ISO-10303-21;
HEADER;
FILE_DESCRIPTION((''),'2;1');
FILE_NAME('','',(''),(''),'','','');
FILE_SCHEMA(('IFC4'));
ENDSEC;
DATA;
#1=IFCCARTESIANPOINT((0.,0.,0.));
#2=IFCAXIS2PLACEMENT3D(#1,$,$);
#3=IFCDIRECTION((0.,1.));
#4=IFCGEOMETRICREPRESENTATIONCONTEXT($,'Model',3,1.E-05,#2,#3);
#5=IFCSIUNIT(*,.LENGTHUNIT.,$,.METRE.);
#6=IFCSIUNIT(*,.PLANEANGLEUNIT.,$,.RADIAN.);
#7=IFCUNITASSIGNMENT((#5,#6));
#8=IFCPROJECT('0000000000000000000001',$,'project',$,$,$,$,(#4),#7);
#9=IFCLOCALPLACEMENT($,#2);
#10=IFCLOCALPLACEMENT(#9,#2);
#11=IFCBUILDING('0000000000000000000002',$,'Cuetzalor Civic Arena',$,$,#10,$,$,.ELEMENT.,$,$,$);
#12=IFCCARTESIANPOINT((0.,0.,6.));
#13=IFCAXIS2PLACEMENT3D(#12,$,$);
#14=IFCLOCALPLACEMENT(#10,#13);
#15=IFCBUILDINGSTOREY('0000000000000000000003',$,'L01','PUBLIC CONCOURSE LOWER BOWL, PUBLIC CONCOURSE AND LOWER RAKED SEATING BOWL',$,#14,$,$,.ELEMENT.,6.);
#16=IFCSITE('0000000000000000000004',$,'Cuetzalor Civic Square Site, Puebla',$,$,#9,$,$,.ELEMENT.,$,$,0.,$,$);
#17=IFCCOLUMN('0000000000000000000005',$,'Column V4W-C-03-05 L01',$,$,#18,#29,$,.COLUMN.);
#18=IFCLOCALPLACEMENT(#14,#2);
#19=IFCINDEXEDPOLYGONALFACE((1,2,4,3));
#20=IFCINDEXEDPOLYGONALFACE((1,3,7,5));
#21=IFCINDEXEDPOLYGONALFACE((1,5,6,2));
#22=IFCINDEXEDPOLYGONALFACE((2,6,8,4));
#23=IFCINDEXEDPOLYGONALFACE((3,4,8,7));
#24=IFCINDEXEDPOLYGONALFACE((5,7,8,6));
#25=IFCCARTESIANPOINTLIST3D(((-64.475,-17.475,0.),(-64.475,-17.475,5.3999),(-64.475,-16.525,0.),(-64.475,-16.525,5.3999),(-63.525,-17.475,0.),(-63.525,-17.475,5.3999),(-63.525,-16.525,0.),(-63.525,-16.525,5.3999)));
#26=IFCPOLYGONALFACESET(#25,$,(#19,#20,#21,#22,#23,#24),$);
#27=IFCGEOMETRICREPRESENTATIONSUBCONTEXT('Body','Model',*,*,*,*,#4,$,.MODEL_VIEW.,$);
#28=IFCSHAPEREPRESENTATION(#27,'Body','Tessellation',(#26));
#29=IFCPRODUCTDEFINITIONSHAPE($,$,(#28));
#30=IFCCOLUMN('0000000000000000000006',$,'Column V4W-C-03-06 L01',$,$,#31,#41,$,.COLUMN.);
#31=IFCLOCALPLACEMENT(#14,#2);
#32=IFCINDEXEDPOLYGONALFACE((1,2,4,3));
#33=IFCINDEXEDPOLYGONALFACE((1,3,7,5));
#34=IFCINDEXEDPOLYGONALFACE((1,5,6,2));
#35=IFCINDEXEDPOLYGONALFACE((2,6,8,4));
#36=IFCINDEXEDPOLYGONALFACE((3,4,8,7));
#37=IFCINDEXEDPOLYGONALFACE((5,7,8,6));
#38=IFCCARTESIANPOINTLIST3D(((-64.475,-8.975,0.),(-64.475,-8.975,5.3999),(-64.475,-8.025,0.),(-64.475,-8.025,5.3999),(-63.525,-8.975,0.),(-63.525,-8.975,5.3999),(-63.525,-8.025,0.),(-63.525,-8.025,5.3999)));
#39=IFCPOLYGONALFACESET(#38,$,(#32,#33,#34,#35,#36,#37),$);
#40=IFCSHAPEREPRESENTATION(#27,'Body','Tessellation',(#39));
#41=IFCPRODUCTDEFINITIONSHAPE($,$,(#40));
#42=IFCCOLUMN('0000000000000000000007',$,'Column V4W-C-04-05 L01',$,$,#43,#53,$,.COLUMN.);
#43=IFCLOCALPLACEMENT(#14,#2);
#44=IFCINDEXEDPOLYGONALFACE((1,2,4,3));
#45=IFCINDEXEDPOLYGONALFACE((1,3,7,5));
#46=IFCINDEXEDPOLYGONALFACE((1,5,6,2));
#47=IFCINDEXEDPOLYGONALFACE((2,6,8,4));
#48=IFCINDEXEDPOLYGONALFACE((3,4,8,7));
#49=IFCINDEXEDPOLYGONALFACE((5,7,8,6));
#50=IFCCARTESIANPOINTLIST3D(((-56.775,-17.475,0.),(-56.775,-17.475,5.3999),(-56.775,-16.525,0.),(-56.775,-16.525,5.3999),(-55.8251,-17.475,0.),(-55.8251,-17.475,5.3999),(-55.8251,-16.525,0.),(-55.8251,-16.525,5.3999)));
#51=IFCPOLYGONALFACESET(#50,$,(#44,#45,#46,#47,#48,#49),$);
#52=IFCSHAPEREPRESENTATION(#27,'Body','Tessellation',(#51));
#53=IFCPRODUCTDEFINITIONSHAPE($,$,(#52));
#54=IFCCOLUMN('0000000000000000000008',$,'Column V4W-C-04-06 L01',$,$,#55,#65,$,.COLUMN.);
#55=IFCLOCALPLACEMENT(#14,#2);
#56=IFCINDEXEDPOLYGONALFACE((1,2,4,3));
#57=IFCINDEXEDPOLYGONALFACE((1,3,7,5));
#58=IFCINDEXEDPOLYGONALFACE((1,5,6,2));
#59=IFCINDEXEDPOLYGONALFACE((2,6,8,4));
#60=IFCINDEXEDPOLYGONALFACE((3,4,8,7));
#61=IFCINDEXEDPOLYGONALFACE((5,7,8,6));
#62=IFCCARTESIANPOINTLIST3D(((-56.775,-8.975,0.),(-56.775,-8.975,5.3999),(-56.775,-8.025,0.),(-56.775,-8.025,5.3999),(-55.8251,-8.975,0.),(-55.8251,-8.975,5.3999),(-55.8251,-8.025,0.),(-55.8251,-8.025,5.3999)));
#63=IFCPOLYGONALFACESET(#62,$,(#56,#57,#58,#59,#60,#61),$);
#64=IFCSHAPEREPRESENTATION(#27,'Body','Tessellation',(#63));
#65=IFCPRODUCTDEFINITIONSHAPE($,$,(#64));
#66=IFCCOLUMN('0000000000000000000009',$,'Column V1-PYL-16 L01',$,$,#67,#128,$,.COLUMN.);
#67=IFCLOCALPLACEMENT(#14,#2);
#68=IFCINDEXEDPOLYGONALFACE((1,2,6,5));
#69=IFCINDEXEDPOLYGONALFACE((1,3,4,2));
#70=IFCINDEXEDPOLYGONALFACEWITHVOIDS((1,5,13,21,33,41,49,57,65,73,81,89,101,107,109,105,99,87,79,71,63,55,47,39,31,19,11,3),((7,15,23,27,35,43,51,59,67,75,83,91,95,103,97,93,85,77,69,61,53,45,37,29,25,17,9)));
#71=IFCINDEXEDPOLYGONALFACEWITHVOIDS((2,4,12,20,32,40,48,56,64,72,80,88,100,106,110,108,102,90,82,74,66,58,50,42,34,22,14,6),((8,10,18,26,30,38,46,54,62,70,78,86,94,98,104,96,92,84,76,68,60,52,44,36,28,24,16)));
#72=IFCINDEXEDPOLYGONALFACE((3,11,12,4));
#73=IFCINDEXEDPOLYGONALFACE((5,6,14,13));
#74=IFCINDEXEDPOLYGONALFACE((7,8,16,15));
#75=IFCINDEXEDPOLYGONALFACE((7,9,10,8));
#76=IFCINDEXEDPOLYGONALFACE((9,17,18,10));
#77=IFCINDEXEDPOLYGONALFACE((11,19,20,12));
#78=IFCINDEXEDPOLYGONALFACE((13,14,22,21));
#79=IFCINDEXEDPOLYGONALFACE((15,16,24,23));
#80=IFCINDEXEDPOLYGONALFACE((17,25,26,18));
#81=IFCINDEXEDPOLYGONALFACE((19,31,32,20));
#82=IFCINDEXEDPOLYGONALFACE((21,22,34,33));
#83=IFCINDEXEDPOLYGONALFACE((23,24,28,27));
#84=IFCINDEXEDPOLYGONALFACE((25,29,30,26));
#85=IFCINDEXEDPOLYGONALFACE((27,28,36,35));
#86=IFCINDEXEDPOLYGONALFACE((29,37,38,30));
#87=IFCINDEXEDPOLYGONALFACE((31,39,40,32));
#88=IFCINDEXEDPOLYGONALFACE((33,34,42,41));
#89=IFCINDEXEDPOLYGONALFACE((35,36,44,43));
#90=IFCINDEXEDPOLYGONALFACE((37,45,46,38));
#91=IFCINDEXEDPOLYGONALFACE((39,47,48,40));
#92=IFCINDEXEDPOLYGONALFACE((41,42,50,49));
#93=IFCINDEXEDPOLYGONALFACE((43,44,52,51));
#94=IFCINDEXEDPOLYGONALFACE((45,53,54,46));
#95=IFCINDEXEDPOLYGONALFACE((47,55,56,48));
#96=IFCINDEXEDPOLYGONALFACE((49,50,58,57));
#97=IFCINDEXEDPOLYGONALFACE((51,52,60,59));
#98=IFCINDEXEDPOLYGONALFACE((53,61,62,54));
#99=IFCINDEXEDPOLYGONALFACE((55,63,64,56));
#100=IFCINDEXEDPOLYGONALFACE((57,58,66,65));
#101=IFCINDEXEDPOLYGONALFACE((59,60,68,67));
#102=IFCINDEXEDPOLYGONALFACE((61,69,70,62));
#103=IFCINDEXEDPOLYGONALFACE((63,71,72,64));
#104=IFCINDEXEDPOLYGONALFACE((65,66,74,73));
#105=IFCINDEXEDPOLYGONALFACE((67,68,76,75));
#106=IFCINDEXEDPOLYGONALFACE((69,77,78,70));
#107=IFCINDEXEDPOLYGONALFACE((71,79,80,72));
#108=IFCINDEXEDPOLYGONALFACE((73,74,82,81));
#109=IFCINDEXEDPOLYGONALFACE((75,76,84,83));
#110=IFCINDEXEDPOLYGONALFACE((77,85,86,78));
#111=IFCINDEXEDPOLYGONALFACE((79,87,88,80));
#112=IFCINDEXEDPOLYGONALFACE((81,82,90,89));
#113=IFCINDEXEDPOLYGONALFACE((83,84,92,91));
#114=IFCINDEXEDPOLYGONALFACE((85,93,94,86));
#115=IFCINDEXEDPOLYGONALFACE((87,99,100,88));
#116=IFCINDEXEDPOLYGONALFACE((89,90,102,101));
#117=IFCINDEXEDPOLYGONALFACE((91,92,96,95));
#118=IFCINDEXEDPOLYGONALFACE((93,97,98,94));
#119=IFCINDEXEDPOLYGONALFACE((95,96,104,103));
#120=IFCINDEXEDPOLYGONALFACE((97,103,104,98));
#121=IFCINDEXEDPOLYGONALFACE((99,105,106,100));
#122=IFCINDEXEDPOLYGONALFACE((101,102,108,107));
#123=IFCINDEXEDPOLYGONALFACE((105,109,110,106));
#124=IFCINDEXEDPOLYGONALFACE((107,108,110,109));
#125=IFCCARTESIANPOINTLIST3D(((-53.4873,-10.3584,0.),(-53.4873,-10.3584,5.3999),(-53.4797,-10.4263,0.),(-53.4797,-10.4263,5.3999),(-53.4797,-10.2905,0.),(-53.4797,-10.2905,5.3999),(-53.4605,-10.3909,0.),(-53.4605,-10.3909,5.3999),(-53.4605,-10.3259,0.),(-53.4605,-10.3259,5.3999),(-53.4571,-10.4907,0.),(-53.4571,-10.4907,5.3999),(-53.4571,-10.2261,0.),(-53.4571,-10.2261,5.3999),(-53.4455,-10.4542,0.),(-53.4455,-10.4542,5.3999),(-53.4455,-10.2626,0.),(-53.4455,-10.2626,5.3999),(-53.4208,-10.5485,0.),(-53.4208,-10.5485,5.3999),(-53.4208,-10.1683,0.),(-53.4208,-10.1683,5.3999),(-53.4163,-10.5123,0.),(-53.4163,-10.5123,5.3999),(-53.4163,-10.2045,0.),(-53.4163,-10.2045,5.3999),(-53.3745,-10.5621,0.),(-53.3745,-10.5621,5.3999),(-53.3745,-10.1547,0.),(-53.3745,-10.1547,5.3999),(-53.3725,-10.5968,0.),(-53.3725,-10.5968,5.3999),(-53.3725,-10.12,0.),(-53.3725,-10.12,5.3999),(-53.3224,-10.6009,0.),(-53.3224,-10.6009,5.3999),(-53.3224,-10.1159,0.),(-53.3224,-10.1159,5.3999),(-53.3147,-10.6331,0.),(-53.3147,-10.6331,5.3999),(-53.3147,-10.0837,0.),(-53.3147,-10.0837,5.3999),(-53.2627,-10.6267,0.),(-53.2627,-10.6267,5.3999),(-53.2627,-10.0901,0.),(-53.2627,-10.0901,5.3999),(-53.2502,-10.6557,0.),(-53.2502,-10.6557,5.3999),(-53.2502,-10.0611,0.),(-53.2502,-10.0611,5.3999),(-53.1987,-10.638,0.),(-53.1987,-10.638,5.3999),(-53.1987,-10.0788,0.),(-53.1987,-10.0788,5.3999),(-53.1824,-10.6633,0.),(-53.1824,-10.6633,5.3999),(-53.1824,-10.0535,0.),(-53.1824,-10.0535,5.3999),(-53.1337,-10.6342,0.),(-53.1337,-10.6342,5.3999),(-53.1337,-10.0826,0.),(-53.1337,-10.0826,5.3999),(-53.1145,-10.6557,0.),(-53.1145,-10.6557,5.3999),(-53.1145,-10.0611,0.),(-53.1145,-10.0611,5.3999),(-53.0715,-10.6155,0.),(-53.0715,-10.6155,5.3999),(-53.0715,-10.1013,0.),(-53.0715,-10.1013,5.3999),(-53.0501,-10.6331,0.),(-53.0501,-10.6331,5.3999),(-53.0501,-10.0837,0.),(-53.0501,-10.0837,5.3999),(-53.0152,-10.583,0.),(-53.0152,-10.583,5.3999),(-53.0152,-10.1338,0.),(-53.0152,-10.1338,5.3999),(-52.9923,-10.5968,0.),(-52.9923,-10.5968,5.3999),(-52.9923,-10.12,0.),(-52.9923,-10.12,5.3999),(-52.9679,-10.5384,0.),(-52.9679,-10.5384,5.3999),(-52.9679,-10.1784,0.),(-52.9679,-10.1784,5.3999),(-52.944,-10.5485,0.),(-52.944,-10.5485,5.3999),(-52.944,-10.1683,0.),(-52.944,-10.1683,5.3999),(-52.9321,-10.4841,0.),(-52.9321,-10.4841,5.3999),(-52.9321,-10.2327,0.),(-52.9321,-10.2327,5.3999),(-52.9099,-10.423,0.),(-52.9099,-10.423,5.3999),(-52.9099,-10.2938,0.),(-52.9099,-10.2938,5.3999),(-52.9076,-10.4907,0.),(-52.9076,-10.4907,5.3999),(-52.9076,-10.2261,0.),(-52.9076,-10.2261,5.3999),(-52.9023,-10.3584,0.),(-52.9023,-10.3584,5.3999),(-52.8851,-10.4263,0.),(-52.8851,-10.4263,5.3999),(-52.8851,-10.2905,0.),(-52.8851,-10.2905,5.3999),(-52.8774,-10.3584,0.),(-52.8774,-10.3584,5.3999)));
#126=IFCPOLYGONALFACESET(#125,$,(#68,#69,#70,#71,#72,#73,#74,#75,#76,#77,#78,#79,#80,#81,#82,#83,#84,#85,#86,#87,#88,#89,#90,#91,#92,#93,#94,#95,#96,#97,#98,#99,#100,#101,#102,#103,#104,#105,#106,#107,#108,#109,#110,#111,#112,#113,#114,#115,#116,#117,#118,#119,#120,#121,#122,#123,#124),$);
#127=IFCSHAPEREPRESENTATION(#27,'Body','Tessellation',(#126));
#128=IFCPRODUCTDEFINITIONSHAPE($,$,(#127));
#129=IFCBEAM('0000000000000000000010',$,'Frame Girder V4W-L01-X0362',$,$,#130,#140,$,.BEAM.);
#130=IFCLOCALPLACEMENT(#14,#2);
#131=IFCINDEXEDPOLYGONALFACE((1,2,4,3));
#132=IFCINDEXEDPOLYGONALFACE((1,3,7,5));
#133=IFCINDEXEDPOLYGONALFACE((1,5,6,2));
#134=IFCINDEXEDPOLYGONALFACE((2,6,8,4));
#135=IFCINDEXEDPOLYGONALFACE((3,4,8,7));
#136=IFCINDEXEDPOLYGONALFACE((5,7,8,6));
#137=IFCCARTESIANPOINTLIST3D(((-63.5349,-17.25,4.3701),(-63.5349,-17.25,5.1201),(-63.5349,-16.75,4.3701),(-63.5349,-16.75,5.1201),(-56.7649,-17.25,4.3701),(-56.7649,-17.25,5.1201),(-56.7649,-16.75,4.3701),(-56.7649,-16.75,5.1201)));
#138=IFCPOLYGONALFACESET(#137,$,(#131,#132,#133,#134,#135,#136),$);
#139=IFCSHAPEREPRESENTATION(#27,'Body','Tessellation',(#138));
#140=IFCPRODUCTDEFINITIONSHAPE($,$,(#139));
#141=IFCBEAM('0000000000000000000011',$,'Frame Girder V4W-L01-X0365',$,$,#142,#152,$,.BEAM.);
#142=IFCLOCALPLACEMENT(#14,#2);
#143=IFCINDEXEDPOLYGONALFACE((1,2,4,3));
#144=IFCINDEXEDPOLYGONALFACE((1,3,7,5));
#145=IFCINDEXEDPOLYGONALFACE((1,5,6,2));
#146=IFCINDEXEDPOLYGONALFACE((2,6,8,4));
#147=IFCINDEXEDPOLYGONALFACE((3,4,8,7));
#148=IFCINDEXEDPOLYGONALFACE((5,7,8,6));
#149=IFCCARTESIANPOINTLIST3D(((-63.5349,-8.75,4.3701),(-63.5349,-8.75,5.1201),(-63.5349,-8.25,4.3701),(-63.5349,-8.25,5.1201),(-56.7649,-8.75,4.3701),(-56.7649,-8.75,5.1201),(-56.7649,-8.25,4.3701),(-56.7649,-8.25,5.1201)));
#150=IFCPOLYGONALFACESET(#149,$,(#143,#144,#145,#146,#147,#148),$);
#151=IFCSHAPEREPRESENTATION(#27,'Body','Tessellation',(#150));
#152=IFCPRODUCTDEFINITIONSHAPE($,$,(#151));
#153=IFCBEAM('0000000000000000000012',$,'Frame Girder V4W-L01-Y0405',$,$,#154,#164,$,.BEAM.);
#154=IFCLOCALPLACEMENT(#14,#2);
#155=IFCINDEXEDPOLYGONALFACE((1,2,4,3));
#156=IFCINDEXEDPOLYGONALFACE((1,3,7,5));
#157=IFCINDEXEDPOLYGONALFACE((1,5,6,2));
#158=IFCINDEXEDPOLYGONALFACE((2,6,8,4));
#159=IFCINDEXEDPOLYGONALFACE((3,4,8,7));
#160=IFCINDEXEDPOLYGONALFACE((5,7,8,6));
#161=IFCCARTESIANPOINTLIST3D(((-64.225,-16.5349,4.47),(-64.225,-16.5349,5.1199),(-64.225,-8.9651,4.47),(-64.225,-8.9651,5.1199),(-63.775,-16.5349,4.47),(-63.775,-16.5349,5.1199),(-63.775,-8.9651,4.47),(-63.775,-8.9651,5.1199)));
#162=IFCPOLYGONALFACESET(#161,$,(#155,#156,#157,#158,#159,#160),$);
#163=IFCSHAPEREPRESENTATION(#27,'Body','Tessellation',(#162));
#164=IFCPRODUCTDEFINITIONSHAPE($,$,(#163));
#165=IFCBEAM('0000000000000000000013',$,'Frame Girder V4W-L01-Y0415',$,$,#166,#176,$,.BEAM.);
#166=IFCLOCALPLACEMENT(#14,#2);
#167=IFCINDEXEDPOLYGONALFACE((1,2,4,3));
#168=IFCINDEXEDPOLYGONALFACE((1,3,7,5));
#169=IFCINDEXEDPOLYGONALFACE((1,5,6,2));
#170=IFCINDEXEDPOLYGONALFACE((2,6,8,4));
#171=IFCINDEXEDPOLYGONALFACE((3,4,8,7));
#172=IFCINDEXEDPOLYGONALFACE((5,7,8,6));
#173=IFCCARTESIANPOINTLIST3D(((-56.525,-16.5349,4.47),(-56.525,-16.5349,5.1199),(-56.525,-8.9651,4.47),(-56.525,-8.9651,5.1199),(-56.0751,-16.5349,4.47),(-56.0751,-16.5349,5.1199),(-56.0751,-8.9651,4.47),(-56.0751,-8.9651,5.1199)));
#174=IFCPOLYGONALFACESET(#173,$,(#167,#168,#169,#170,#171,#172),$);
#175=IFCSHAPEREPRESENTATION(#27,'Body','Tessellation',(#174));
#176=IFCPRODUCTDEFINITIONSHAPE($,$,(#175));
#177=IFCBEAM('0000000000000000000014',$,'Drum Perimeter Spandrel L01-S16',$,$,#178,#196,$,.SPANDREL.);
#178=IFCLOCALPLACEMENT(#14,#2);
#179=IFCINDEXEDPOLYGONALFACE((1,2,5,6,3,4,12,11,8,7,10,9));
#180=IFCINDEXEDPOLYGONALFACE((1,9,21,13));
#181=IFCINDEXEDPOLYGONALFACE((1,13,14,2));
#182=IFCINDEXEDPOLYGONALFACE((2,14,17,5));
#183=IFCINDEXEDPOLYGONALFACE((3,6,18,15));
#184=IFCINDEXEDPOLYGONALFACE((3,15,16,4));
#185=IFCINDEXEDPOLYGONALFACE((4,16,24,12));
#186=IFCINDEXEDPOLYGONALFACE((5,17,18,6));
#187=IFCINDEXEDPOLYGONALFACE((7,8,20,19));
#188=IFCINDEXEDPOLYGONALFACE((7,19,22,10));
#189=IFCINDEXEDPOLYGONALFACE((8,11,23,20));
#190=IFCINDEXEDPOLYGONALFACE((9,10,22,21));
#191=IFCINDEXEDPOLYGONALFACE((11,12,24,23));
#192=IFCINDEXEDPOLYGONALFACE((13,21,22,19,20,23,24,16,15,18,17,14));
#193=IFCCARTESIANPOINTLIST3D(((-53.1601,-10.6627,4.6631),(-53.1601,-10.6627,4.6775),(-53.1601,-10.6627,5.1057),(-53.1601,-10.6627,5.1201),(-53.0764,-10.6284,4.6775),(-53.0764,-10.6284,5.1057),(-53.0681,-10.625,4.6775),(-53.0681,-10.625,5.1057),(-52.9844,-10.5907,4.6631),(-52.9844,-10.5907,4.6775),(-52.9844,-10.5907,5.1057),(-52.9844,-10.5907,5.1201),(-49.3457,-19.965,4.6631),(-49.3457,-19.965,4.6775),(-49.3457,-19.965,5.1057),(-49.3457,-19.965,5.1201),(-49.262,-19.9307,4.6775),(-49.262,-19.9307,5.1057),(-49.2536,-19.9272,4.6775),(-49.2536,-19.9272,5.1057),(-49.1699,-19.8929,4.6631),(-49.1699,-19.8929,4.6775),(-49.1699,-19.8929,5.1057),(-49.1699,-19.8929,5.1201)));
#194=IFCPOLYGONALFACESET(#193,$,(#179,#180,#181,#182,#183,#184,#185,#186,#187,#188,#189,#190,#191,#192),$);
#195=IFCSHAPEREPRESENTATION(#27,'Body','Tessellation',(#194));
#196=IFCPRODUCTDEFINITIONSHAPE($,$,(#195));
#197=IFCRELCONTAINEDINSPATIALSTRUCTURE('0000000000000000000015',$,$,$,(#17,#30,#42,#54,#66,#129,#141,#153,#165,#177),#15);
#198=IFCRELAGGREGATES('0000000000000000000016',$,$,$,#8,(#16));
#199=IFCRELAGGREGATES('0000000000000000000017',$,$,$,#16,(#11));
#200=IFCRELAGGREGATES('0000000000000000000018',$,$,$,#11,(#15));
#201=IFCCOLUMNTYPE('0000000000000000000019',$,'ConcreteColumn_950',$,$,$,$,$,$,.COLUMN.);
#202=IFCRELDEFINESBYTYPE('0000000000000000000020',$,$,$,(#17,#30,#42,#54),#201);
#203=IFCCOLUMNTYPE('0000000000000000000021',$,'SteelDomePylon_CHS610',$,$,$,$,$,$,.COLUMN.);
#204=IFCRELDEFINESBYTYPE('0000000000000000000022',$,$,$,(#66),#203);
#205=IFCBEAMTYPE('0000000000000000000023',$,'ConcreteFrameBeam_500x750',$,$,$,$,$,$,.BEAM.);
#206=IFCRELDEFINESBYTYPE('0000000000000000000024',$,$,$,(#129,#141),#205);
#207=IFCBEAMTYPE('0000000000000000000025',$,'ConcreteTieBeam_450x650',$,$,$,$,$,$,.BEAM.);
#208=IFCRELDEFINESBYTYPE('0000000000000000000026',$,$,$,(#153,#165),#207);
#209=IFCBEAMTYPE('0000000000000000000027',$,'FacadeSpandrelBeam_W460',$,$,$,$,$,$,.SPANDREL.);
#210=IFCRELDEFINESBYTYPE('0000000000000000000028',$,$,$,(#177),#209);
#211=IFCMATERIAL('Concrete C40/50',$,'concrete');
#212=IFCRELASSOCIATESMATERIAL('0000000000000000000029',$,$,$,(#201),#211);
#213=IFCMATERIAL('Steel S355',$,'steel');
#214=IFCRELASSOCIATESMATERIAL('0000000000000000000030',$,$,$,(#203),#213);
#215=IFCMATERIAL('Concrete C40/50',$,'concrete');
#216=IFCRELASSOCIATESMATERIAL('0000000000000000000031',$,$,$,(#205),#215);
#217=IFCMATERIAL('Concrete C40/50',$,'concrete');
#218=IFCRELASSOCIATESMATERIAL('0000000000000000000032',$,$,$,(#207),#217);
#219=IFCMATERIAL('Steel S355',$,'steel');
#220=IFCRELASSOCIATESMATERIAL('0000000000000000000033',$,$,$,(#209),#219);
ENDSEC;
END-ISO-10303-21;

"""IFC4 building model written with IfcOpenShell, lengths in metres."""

from ifc_helpers import new_model, si_unit, direction, frame, origin, origin_2d, place, context, subcontext, project, spatial, rectangle, hollow_circle, i_section, extrude, material, material_profile, profile_set, type_object, element, save


model = new_model("IFC4")

# Units and contexts
model_context = context("Model", 3, precision=1e-05, world=origin(), true_north=direction((0.0, 1.0)))
body_context = subcontext(model_context, "Body", "Model", "MODEL_VIEW")
ifc_project = project(units=[si_unit("LENGTHUNIT", "METRE"), si_unit("PLANEANGLEUNIT", "RADIAN")], contexts=[model_context])

# Site, building, storey
site_placement = place(None, origin())
site = spatial("IfcSite", under=ifc_project, at=site_placement, Name="Cuetzalor Civic Square Site, Puebla", CompositionType="ELEMENT", RefElevation=0.0)
building_placement = place(site_placement, origin())
building = spatial("IfcBuilding", under=site, at=building_placement, Name="Cuetzalor Civic Arena", CompositionType="ELEMENT")
storey_placement = place(building_placement, frame((0.0, 0.0, 6.0)))
storey = spatial("IfcBuildingStorey", under=building, at=storey_placement, Name="L01", Description="PUBLIC CONCOURSE LOWER BOWL, PUBLIC CONCOURSE AND LOWER RAKED SEATING BOWL", CompositionType="ELEMENT", Elevation=6.0)

# Columns
ifc_material_1 = material(Name="Concrete C40/50", Category="concrete")
ifc_material_profile_1 = material_profile(ifc_material_1, rectangle(XDim=0.95, YDim=0.95, at=origin_2d()), Name="RC 950x950")
ifc_profile_set_1 = profile_set([ifc_material_profile_1], Name="Concrete C40/50")
column_type_1 = type_object("IfcColumnType", Name="ConcreteColumn_950", PredefinedType="COLUMN", material=ifc_profile_set_1)
for number, where, z_axis, x_axis, name in (
    (1, (-64.0, -17.0, 0.0), (0.0, 0.0, 1.0), (1.0, 0.0, 0.0), "Column V4W-C-03-05 L01"),
    (2, (-64.0, -8.5, 0.0), (0.0, 0.0, 1.0), (1.0, 0.0, 0.0), "Column V4W-C-03-06 L01"),
    (3, (-56.3, -17.0, 0.0), (0.0, 0.0, 1.0), (1.0, 0.0, 0.0), "Column V4W-C-04-05 L01"),
    (4, (-56.3, -8.5, 0.0), (0.0, 0.0, 1.0), (1.0, 0.0, 0.0), "Column V4W-C-04-06 L01"),
):
    element("IfcColumn", number, at=place(storey_placement, frame(where, z_axis=z_axis, x_axis=x_axis)), inside=storey, type_object=column_type_1, Name=name, PredefinedType="COLUMN", context=body_context, shape_type="SweptSolid", body=[
        extrude(rectangle(XDim=0.95, YDim=0.95, at=origin_2d()), origin(), (0.0, 0.0, 1.0), 5.3999),
    ])
ifc_material_2 = material(Name="Steel S355", Category="steel")
ifc_material_profile_2 = material_profile(ifc_material_2, hollow_circle(Radius=0.3049, WallThickness=0.0249, at=origin_2d()), Name="CHS 610x25")
ifc_profile_set_2 = profile_set([ifc_material_profile_2], Name="Steel S355")
column_type_2 = type_object("IfcColumnType", Name="SteelDomePylon_CHS610", PredefinedType="COLUMN", material=ifc_profile_set_2)
column_placement = place(storey_placement, frame((-53.1824, -10.3584, 0.0), z_axis=(0.0, 0.0, 1.0), x_axis=(1.0, 0.0, 0.0)))
element("IfcColumn", 5, at=column_placement, inside=storey, type_object=column_type_2, Name="Column V1-PYL-16 L01", PredefinedType="COLUMN", context=body_context, shape_type="SweptSolid", body=[
    extrude(hollow_circle(Radius=0.3049, WallThickness=0.0249, at=origin_2d()), origin(), (0.0, 0.0, 1.0), 5.3999),
])

# Beams
ifc_material_3 = material(Name="Concrete C40/50", Category="concrete")
ifc_material_profile_3 = material_profile(ifc_material_3, rectangle(XDim=0.5, YDim=0.75, at=origin_2d()), Name="RC 500x750")
ifc_profile_set_3 = profile_set([ifc_material_profile_3], Name="Concrete C40/50")
beam_type_1 = type_object("IfcBeamType", Name="ConcreteFrameBeam_500x750", PredefinedType="BEAM", material=ifc_profile_set_3)
for number, where, z_axis, x_axis, name in (
    (6, (-63.5349, -17.0, 4.7451), (1.0, 0.0, 0.0), (0.0, 1.0, 0.0), "Frame Girder V4W-L01-X0362"),
    (7, (-63.5349, -8.5, 4.7451), (1.0, 0.0, 0.0), (0.0, 1.0, 0.0), "Frame Girder V4W-L01-X0365"),
):
    element("IfcBeam", number, at=place(storey_placement, frame(where, z_axis=z_axis, x_axis=x_axis)), inside=storey, type_object=beam_type_1, Name=name, PredefinedType="BEAM", context=body_context, shape_type="SweptSolid", body=[
        extrude(rectangle(XDim=0.5, YDim=0.75, at=origin_2d()), origin(), (0.0, 0.0, 1.0), 6.77),
    ])
ifc_material_4 = material(Name="Concrete C40/50", Category="concrete")
ifc_material_profile_4 = material_profile(ifc_material_4, rectangle(XDim=0.45, YDim=0.6499, at=origin_2d()), Name="RC 450x650")
ifc_profile_set_4 = profile_set([ifc_material_profile_4], Name="Concrete C40/50")
beam_type_2 = type_object("IfcBeamType", Name="ConcreteTieBeam_450x650", PredefinedType="BEAM", material=ifc_profile_set_4)
for number, where, z_axis, x_axis, name in (
    (8, (-64.0, -16.5349, 4.7949), (0.0, 1.0, 0.0), (-1.0, 0.0, 0.0), "Frame Girder V4W-L01-Y0405"),
    (9, (-56.3, -16.5349, 4.7949), (0.0, 1.0, 0.0), (-1.0, 0.0, 0.0), "Frame Girder V4W-L01-Y0415"),
):
    element("IfcBeam", number, at=place(storey_placement, frame(where, z_axis=z_axis, x_axis=x_axis)), inside=storey, type_object=beam_type_2, Name=name, PredefinedType="BEAM", context=body_context, shape_type="SweptSolid", body=[
        extrude(rectangle(XDim=0.45, YDim=0.6499, at=origin_2d()), origin(), (0.0, 0.0, 1.0), 7.5698),
    ])
ifc_material_5 = material(Name="Steel S355", Category="steel")
ifc_material_profile_5 = material_profile(ifc_material_5, i_section(OverallWidth=0.1899, OverallDepth=0.457, WebThickness=0.009, FlangeThickness=0.0144, at=origin_2d()), Name="W460x74")
ifc_profile_set_5 = profile_set([ifc_material_profile_5], Name="Steel S355")
beam_type_3 = type_object("IfcBeamType", Name="FacadeSpandrelBeam_W460", PredefinedType="SPANDREL", material=ifc_profile_set_5)
beam_1_placement = place(storey_placement, frame((-53.0723, -10.6267, 4.8916), z_axis=(0.379399, -0.925233, 0.0), x_axis=(0.925233, 0.379399, 0.0)))
element("IfcBeam", 10, at=beam_1_placement, inside=storey, type_object=beam_type_3, Name="Drum Perimeter Spandrel L01-S16", PredefinedType="SPANDREL", context=body_context, shape_type="SweptSolid", body=[
    extrude(i_section(OverallWidth=0.1899, OverallDepth=0.457, WebThickness=0.009, FlangeThickness=0.0144, at=origin_2d()), origin(), (0.0, 0.0, 1.0), 10.054),
])

save(model, "model.ifc")
